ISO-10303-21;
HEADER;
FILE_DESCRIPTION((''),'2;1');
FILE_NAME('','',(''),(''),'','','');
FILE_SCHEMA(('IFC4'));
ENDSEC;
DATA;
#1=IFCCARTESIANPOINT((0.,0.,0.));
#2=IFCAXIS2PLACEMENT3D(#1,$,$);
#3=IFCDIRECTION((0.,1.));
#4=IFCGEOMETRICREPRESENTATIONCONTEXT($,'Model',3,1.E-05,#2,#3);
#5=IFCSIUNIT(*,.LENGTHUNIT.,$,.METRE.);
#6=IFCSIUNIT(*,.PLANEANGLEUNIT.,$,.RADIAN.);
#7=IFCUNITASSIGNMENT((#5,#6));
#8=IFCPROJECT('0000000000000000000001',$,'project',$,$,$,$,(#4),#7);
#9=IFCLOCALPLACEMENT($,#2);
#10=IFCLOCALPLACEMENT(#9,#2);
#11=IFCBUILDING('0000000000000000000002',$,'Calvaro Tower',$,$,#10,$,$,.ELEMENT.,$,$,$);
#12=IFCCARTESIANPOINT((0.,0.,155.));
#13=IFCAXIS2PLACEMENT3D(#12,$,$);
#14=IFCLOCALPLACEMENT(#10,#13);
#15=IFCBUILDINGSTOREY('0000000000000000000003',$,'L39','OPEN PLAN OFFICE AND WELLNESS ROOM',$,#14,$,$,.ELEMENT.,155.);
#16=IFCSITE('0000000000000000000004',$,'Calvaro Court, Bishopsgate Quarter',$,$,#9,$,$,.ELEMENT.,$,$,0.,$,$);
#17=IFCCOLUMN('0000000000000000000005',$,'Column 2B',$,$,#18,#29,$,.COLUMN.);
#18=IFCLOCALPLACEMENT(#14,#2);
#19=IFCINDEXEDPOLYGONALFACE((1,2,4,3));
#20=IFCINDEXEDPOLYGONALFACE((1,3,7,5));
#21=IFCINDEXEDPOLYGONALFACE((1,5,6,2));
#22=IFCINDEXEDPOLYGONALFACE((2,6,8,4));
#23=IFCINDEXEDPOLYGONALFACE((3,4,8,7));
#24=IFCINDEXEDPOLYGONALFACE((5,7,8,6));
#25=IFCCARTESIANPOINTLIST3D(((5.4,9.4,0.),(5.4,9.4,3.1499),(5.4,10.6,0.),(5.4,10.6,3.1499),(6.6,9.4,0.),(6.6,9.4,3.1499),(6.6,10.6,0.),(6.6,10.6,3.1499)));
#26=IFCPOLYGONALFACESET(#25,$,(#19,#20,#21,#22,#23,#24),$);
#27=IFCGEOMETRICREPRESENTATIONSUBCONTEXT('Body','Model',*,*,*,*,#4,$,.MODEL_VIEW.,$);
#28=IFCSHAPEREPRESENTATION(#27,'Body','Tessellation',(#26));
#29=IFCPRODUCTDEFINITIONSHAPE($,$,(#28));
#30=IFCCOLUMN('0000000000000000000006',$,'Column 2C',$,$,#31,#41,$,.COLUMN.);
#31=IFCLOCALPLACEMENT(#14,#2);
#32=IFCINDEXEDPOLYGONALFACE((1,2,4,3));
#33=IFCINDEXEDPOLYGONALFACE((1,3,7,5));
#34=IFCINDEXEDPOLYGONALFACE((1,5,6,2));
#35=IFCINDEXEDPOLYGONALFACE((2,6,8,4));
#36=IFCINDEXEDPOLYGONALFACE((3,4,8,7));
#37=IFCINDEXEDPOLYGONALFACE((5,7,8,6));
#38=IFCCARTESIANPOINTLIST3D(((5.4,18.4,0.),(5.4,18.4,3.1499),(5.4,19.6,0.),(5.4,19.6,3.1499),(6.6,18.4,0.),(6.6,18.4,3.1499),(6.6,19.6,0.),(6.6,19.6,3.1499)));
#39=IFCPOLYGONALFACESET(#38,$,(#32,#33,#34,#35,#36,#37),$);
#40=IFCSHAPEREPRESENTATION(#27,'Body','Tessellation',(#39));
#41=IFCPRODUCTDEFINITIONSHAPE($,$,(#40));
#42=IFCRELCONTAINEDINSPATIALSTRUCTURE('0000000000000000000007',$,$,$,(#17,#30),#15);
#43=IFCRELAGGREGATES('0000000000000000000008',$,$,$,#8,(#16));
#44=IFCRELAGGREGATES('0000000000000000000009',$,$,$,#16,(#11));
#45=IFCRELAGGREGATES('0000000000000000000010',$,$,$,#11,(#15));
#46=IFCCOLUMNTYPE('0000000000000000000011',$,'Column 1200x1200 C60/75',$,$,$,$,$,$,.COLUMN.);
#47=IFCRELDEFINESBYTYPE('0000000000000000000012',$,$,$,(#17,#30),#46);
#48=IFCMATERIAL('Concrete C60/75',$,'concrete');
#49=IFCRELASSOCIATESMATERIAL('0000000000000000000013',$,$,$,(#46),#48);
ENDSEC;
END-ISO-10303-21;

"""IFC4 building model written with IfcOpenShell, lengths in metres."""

from ifc_helpers import new_model, si_unit, direction, frame, origin, origin_2d, place, context, subcontext, project, spatial, rectangle, extrude, material, material_profile, profile_set, type_object, element, save


model = new_model("IFC4")

# Units and contexts
model_context = context("Model", 3, precision=1e-05, world=origin(), true_north=direction((0.0, 1.0)))
body_context = subcontext(model_context, "Body", "Model", "MODEL_VIEW")
ifc_project = project(units=[si_unit("LENGTHUNIT", "METRE"), si_unit("PLANEANGLEUNIT", "RADIAN")], contexts=[model_context])

# Site, building, storey
site_placement = place(None, origin())
site = spatial("IfcSite", under=ifc_project, at=site_placement, Name="Calvaro Court, Bishopsgate Quarter", CompositionType="ELEMENT", RefElevation=0.0)
building_placement = place(site_placement, origin())
building = spatial("IfcBuilding", under=site, at=building_placement, Name="Calvaro Tower", CompositionType="ELEMENT")
storey_placement = place(building_placement, frame((0.0, 0.0, 155.0)))
storey = spatial("IfcBuildingStorey", under=building, at=storey_placement, Name="L39", Description="OPEN PLAN OFFICE AND WELLNESS ROOM", CompositionType="ELEMENT", Elevation=155.0)

# Columns
ifc_material = material(Name="Concrete C60/75", Category="concrete")
ifc_material_profile = material_profile(ifc_material, rectangle(XDim=1.2, YDim=1.2, at=origin_2d()), Name="RC 1200x1200")
ifc_profile_set = profile_set([ifc_material_profile], Name="Concrete C60/75")
column_type = type_object("IfcColumnType", Name="Column 1200x1200 C60/75", PredefinedType="COLUMN", material=ifc_profile_set)
for number, where, z_axis, x_axis, name in (
    (1, (6.0, 10.0, 0.0), (0.0, 0.0, 1.0), (1.0, 0.0, 0.0), "Column 2B"),
    (2, (6.0, 19.0, 0.0), (0.0, 0.0, 1.0), (1.0, 0.0, 0.0), "Column 2C"),
):
    element("IfcColumn", number, at=place(storey_placement, frame(where, z_axis=z_axis, x_axis=x_axis)), inside=storey, type_object=column_type, Name=name, PredefinedType="COLUMN", context=body_context, shape_type="SweptSolid", body=[
        extrude(rectangle(XDim=1.2, YDim=1.2, at=origin_2d()), origin(), (0.0, 0.0, 1.0), 3.1499),
    ])

save(model, "model.ifc")
